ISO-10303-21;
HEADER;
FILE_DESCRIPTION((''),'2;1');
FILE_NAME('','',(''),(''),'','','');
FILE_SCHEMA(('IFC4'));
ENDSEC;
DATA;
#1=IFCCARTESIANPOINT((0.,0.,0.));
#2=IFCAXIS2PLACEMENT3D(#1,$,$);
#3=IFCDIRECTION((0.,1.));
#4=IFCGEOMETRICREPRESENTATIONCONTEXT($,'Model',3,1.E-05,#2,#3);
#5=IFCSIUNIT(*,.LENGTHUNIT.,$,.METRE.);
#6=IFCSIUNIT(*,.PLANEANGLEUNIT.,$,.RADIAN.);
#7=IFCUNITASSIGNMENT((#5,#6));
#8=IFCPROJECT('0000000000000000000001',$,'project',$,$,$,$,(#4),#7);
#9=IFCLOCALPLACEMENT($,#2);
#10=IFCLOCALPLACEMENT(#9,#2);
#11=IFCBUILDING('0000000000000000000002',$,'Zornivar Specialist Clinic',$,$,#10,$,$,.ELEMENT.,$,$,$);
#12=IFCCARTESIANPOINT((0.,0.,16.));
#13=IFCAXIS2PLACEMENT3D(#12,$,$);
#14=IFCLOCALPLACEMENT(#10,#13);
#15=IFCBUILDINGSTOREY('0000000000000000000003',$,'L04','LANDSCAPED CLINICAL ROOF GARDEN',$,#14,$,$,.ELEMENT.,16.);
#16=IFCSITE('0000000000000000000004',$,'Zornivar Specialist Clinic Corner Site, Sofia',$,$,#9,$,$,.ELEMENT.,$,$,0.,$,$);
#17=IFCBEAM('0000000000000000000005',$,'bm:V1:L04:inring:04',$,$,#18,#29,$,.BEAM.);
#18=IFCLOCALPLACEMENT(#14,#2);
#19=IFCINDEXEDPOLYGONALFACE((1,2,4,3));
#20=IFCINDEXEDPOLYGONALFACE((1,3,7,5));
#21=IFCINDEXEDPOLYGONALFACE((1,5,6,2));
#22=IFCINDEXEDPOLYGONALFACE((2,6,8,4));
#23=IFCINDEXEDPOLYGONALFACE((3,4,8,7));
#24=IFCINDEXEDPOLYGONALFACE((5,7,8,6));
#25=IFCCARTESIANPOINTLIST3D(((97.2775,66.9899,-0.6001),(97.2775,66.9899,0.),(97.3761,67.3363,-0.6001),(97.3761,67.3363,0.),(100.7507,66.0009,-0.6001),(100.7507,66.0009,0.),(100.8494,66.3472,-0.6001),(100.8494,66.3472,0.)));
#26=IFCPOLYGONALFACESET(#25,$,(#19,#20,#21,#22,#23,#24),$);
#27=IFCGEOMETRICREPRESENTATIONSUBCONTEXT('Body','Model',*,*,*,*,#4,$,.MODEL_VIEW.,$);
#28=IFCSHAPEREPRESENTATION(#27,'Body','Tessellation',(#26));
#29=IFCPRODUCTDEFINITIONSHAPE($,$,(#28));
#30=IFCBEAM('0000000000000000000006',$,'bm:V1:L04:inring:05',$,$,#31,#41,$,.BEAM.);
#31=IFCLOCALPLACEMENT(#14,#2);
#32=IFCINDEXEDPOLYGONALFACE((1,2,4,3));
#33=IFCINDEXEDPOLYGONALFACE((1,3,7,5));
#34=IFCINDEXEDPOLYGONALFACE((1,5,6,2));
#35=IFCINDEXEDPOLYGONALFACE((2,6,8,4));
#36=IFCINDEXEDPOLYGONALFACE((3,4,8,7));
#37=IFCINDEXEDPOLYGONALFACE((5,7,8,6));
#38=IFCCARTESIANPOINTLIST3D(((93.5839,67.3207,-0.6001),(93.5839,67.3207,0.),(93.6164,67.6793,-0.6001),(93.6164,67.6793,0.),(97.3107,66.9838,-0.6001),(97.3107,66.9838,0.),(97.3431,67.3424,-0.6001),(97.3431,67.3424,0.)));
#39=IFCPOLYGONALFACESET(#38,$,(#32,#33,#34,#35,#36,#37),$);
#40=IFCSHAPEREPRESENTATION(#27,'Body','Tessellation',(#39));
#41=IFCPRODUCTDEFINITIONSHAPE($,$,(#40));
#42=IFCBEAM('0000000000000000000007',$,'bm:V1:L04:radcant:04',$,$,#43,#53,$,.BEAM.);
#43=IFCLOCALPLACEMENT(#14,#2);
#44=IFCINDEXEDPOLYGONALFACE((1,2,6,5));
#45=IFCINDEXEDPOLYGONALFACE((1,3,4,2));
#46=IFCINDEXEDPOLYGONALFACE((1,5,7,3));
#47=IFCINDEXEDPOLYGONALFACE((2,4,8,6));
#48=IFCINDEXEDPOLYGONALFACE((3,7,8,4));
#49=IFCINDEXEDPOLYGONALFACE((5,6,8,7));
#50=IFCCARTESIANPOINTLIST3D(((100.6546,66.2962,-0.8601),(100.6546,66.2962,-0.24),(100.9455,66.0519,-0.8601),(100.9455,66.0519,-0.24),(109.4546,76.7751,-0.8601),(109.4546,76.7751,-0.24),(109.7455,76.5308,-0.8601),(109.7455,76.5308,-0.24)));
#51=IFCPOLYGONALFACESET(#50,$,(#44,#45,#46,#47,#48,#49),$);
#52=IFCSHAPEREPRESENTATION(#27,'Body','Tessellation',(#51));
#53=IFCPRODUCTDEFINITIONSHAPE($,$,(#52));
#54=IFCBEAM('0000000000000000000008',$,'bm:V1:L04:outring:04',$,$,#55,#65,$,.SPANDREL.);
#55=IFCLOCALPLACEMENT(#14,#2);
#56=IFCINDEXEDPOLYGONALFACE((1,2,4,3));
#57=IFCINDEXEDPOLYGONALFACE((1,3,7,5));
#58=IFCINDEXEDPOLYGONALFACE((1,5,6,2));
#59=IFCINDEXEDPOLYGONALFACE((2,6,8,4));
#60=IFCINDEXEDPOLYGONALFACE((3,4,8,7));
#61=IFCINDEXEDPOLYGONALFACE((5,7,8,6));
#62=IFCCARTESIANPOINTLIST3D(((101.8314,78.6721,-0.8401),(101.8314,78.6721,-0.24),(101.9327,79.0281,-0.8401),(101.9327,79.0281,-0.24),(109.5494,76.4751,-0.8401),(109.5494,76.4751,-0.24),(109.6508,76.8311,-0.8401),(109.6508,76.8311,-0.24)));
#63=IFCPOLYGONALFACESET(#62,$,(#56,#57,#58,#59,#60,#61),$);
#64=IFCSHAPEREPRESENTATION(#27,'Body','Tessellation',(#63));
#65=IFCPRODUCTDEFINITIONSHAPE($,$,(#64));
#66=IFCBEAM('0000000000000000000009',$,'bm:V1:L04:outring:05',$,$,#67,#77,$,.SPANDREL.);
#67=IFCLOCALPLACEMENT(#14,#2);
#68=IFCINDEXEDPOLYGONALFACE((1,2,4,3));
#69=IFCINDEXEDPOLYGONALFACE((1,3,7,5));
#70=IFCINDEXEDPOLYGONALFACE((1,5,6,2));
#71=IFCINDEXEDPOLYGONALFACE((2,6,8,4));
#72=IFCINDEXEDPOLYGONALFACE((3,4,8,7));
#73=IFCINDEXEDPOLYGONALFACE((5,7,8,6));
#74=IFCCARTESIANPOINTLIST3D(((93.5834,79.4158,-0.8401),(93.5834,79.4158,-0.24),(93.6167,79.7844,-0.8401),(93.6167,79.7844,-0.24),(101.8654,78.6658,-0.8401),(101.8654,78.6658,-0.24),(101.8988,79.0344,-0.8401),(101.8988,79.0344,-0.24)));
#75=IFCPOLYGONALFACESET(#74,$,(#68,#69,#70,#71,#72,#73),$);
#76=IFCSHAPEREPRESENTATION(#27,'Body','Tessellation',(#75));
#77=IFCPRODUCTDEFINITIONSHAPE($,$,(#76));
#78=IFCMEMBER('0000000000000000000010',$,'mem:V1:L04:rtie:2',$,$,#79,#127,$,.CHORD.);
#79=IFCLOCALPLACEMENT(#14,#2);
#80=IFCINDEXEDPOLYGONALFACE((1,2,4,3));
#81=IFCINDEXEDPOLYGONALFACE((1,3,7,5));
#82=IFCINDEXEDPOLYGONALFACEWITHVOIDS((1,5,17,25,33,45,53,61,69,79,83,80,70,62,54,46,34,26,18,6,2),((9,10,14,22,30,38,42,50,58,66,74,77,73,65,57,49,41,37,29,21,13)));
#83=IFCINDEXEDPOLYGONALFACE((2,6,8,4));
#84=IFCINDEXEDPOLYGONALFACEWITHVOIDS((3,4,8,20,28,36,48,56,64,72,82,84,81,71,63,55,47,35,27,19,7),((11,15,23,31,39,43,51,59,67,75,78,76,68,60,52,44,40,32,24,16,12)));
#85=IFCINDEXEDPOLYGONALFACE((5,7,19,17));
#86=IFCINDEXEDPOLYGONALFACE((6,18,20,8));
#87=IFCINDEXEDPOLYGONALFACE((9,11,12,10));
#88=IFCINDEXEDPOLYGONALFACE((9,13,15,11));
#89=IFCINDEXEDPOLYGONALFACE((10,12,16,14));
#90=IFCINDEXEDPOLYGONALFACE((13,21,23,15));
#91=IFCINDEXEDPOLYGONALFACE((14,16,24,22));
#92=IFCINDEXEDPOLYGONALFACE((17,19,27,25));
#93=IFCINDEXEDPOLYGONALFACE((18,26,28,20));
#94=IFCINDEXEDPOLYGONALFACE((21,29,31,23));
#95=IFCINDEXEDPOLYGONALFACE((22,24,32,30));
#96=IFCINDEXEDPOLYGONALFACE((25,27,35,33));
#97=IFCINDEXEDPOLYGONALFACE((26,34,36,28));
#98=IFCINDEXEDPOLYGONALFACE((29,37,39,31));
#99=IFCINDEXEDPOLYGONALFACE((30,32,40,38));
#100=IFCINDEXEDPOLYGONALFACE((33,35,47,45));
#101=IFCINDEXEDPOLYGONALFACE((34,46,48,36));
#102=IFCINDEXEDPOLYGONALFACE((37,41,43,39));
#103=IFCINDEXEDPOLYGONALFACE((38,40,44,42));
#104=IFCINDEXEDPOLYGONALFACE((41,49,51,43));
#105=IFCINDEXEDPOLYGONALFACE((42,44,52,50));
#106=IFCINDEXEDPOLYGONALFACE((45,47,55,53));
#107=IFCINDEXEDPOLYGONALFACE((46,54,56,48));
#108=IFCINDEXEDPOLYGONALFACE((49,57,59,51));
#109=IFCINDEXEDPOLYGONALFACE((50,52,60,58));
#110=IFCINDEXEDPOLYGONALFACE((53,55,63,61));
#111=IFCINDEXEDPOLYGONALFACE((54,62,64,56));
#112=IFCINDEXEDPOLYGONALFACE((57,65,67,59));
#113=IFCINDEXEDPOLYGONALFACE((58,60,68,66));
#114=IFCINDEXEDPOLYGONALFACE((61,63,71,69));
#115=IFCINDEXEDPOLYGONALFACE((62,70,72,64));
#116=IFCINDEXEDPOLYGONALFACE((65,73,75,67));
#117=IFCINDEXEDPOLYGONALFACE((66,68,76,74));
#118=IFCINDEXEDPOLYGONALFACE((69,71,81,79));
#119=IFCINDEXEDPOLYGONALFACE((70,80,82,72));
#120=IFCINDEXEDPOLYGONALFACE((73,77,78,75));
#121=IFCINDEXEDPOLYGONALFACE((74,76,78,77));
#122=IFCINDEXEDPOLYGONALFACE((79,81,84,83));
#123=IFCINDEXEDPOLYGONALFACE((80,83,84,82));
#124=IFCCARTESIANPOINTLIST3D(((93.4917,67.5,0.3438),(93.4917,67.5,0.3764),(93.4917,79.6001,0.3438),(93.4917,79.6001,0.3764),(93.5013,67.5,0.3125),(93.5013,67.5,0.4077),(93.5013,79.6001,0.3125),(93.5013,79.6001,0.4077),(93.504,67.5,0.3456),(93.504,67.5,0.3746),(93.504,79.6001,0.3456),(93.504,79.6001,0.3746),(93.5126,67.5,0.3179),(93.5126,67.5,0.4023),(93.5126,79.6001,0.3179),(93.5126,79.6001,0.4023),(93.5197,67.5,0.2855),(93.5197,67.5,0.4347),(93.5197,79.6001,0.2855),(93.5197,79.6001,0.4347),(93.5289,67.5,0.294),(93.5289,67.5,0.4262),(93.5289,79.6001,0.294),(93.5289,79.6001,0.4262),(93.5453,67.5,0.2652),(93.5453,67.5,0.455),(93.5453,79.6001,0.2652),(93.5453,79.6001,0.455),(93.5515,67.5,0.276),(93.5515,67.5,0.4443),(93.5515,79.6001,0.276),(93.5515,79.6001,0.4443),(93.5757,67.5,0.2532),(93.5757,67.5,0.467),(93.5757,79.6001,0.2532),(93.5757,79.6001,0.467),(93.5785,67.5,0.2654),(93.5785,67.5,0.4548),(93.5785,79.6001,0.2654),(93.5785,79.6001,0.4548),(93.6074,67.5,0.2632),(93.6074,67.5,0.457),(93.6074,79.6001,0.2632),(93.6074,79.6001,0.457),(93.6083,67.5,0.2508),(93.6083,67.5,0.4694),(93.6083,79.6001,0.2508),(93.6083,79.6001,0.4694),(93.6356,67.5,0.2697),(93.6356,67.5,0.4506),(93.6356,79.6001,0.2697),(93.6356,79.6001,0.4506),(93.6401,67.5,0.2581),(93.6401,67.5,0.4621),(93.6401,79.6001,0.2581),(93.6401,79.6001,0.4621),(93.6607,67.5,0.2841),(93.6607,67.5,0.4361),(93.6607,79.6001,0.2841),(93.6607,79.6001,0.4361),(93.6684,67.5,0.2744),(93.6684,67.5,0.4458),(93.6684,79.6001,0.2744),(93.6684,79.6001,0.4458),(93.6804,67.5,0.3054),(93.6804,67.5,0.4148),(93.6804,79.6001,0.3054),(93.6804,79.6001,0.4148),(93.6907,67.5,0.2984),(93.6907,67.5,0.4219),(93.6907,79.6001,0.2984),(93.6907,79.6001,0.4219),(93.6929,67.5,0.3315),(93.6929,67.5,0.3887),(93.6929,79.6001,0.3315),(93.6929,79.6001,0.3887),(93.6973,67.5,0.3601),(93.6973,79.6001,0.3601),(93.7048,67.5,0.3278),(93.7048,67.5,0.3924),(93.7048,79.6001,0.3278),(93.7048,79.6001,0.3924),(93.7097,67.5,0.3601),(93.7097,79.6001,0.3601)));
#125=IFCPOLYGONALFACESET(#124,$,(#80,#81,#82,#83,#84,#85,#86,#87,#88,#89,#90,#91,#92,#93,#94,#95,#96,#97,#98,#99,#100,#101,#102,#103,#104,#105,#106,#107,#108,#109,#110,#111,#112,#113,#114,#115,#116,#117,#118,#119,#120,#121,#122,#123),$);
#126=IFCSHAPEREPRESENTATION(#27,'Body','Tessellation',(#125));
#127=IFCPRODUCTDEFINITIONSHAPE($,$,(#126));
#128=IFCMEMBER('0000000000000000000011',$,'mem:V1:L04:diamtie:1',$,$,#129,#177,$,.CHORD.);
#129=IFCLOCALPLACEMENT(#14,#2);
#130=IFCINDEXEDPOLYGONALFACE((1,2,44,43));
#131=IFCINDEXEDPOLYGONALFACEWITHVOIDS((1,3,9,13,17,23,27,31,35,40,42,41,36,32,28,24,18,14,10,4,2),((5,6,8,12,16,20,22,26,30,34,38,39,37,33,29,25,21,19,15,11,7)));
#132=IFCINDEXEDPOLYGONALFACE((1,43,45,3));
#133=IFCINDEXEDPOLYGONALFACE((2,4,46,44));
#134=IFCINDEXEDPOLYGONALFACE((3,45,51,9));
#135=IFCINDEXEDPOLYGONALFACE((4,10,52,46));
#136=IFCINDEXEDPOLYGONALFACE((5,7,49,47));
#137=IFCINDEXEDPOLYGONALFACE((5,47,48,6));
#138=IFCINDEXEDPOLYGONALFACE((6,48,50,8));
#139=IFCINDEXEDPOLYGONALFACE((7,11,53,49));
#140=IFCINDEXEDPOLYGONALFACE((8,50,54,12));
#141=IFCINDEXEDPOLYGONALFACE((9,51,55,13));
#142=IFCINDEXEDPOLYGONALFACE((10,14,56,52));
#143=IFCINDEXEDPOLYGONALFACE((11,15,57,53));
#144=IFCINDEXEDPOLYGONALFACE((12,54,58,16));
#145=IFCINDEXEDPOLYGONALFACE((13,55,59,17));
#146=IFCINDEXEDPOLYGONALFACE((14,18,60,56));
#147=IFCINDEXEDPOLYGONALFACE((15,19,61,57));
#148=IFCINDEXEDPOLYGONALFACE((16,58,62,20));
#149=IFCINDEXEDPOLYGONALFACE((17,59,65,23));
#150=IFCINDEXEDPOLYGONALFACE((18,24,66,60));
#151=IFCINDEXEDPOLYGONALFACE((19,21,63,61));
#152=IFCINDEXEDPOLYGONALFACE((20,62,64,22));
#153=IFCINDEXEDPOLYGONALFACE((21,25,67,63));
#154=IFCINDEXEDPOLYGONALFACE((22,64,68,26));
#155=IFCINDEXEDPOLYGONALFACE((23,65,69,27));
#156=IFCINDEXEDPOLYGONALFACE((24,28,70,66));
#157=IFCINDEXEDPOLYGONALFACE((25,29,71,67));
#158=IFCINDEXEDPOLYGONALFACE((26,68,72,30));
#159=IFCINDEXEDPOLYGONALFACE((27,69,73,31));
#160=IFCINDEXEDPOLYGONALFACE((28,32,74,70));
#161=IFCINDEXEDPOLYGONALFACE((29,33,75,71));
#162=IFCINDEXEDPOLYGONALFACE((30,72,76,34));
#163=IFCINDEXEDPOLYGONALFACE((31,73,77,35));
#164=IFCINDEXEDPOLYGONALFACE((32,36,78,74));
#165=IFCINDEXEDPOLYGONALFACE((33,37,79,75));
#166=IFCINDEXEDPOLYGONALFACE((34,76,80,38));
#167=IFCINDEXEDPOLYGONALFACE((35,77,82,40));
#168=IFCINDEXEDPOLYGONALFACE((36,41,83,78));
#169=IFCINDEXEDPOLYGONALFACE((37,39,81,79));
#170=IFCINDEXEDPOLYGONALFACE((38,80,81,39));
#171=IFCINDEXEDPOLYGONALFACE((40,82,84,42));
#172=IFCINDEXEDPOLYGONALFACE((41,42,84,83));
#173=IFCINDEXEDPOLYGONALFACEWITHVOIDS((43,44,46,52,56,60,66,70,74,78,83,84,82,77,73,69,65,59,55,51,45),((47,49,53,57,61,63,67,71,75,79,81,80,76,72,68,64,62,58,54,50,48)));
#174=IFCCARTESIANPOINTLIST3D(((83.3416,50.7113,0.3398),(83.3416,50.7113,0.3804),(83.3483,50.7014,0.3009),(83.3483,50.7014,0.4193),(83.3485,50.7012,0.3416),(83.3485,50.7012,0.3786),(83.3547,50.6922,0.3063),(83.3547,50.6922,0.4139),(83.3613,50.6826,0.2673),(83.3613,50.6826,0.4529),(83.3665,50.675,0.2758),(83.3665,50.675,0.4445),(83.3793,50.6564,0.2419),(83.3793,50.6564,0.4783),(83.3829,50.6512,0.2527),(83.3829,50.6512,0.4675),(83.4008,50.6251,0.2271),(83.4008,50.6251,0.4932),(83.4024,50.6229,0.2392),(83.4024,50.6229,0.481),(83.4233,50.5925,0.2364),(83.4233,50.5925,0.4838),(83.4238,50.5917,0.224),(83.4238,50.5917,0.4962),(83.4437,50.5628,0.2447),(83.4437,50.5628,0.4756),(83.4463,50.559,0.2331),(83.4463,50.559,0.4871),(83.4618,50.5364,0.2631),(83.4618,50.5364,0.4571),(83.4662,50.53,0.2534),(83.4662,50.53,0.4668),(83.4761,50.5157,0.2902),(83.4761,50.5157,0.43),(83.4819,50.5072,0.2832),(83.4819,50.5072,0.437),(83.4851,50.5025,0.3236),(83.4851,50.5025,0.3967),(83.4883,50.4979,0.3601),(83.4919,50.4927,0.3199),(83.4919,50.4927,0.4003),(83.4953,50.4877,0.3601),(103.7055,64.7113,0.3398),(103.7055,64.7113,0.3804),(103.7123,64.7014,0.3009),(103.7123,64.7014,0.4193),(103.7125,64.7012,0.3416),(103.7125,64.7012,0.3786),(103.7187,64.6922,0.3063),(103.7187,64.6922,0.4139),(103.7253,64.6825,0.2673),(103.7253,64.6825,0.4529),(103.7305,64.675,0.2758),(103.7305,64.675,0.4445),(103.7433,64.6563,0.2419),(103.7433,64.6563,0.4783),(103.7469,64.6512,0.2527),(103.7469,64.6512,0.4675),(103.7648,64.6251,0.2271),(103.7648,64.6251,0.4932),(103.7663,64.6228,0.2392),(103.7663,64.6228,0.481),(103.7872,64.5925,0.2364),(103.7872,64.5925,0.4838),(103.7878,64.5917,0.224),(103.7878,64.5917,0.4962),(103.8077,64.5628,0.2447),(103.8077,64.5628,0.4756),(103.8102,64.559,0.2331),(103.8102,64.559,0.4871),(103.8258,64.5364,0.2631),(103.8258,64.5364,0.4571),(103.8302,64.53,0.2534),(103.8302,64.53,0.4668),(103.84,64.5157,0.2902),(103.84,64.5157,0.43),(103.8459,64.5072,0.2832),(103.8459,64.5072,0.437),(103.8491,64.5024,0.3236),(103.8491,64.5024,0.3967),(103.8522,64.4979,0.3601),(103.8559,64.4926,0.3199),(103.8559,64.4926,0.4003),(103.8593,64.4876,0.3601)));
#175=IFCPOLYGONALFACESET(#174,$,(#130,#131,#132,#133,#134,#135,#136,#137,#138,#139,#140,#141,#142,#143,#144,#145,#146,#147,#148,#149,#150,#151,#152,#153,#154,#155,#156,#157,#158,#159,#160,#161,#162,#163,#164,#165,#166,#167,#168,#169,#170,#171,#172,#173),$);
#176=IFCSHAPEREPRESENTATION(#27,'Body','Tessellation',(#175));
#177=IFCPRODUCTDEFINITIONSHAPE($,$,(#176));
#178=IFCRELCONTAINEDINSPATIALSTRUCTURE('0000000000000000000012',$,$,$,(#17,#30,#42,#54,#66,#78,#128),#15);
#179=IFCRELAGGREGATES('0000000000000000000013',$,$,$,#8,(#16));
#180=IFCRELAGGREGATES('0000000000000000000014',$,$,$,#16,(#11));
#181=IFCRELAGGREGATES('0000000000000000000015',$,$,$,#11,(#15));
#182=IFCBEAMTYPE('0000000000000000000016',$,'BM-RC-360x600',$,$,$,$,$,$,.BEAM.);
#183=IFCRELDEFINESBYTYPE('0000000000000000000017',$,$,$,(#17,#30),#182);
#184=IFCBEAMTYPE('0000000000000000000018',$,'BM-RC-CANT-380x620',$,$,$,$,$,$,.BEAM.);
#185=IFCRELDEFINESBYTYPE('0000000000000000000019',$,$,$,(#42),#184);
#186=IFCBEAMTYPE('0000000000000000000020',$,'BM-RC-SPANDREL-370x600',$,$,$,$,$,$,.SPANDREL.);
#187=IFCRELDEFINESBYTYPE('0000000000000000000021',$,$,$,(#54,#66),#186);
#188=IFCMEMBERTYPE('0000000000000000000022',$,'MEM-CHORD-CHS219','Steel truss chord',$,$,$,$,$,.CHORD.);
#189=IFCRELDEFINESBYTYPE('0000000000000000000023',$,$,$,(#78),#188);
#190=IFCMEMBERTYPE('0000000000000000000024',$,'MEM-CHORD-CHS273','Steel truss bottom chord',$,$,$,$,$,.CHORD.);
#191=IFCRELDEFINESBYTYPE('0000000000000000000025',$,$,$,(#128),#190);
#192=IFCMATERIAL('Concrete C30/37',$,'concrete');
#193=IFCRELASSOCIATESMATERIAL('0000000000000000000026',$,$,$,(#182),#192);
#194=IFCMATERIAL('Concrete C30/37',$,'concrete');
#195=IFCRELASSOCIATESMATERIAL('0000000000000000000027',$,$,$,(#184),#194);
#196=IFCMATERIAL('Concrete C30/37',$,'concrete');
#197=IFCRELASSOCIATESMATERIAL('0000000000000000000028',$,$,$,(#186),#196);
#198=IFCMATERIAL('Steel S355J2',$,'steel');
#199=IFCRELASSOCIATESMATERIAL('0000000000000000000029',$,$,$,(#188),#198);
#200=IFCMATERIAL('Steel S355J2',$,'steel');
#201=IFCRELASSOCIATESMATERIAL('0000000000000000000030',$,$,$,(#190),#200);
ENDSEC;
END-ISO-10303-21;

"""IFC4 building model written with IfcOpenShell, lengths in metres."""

from ifc_helpers import new_model, si_unit, direction, frame, origin, origin_2d, place, context, subcontext, project, spatial, rectangle, hollow_circle, extrude, material, material_profile, profile_set, type_object, element, save


model = new_model("IFC4")

# Units and contexts
model_context = context("Model", 3, precision=1e-05, world=origin(), true_north=direction((0.0, 1.0)))
body_context = subcontext(model_context, "Body", "Model", "MODEL_VIEW")
ifc_project = project(units=[si_unit("LENGTHUNIT", "METRE"), si_unit("PLANEANGLEUNIT", "RADIAN")], contexts=[model_context])

# Site, building, storey
site_placement = place(None, origin())
site = spatial("IfcSite", under=ifc_project, at=site_placement, Name="Zornivar Specialist Clinic Corner Site, Sofia", CompositionType="ELEMENT", RefElevation=0.0)
building_placement = place(site_placement, origin())
building = spatial("IfcBuilding", under=site, at=building_placement, Name="Zornivar Specialist Clinic", CompositionType="ELEMENT")
storey_placement = place(building_placement, frame((0.0, 0.0, 16.0)))
storey = spatial("IfcBuildingStorey", under=building, at=storey_placement, Name="L04", Description="LANDSCAPED CLINICAL ROOF GARDEN", CompositionType="ELEMENT", Elevation=16.0)

# Beams
ifc_material_1 = material(Name="Concrete C30/37", Category="concrete")
ifc_material_profile_1 = material_profile(ifc_material_1, rectangle(XDim=0.3601, YDim=0.6001, at=origin_2d()), Name="RC 360x600")
ifc_profile_set_1 = profile_set([ifc_material_profile_1], Name="Concrete C30/37")
beam_type_1 = type_object("IfcBeamType", Name="BM-RC-360x600", PredefinedType="BEAM", material=ifc_profile_set_1)
beam_1_placement = place(storey_placement, frame((100.8, 66.1741, -0.3), z_axis=(-0.961766, 0.273873, 0.0), x_axis=(-0.273873, -0.961766, 0.0)))
element("IfcBeam", 1, at=beam_1_placement, inside=storey, type_object=beam_type_1, Name="bm:V1:L04:inring:04", PredefinedType="BEAM", context=body_context, shape_type="SweptSolid", body=[
    extrude(rectangle(XDim=0.3601, YDim=0.6001, at=origin_2d()), origin(), (0.0, 0.0, 1.0), 3.6113),
])
beam_2_placement = place(storey_placement, frame((97.3269, 67.1631, -0.3), z_axis=(-0.995939, 0.090036, 0.0), x_axis=(-0.090036, -0.995939, 0.0)))
element("IfcBeam", 2, at=beam_2_placement, inside=storey, type_object=beam_type_1, Name="bm:V1:L04:inring:05", PredefinedType="BEAM", context=body_context, shape_type="SweptSolid", body=[
    extrude(rectangle(XDim=0.3601, YDim=0.6001, at=origin_2d()), origin(), (0.0, 0.0, 1.0), 3.7419),
])
ifc_material_2 = material(Name="Concrete C30/37", Category="concrete")
ifc_material_profile_2 = material_profile(ifc_material_2, rectangle(XDim=0.3799, YDim=0.6201, at=origin_2d()), Name="RC 380x620")
ifc_profile_set_2 = profile_set([ifc_material_profile_2], Name="Concrete C30/37")
beam_type_2 = type_object("IfcBeamType", Name="BM-RC-CANT-380x620", PredefinedType="BEAM", material=ifc_profile_set_2)
beam_3_placement = place(storey_placement, frame((100.8, 66.1741, -0.55), z_axis=(0.643093, 0.765788, 0.0), x_axis=(-0.765788, 0.643093, 0.0)))
element("IfcBeam", 3, at=beam_3_placement, inside=storey, type_object=beam_type_2, Name="bm:V1:L04:radcant:04", PredefinedType="BEAM", context=body_context, shape_type="SweptSolid", body=[
    extrude(rectangle(XDim=0.3799, YDim=0.6201, at=origin_2d()), origin(), (0.0, 0.0, 1.0), 13.6838),
])
ifc_material_3 = material(Name="Concrete C30/37", Category="concrete")
ifc_material_profile_3 = material_profile(ifc_material_3, rectangle(XDim=0.3701, YDim=0.6001, at=origin_2d()), Name="RC 370x600")
ifc_profile_set_3 = profile_set([ifc_material_profile_3], Name="Concrete C30/37")
beam_type_3 = type_object("IfcBeamType", Name="BM-RC-SPANDREL-370x600", PredefinedType="SPANDREL", material=ifc_profile_set_3)
beam_4_placement = place(storey_placement, frame((109.6001, 76.6531, -0.54), z_axis=(-0.961791, 0.273785, 0.0), x_axis=(-0.273785, -0.961791, 0.0)))
element("IfcBeam", 4, at=beam_4_placement, inside=storey, type_object=beam_type_3, Name="bm:V1:L04:outring:04", PredefinedType="SPANDREL", context=body_context, shape_type="SweptSolid", body=[
    extrude(rectangle(XDim=0.3701, YDim=0.6001, at=origin_2d()), origin(), (0.0, 0.0, 1.0), 8.0247),
])
beam_5_placement = place(storey_placement, frame((101.8821, 78.8501, -0.54), z_axis=(-0.995925, 0.090189, 0.0), x_axis=(-0.090189, -0.995925, 0.0)))
element("IfcBeam", 5, at=beam_5_placement, inside=storey, type_object=beam_type_3, Name="bm:V1:L04:outring:05", PredefinedType="SPANDREL", context=body_context, shape_type="SweptSolid", body=[
    extrude(rectangle(XDim=0.3701, YDim=0.6001, at=origin_2d()), origin(), (0.0, 0.0, 1.0), 8.3159),
])

# Members
ifc_material_4 = material(Name="Steel S355J2", Category="steel")
ifc_material_profile_4 = material_profile(ifc_material_4, hollow_circle(Radius=0.1096, WallThickness=0.0125, at=origin_2d()), Name="CHS 219.1x12.5")
ifc_profile_set_4 = profile_set([ifc_material_profile_4], Name="Steel S355J2")
member_type_1 = type_object("IfcMemberType", Name="MEM-CHORD-CHS219", Description="Steel truss chord", PredefinedType="CHORD", material=ifc_profile_set_4)
member_1_placement = place(storey_placement, frame((93.6001, 79.6001, 0.3601), z_axis=(0.0, -1.0, 0.0), x_axis=(1.0, 0.0, 0.0)))
element("IfcMember", 6, at=member_1_placement, inside=storey, type_object=member_type_1, Name="mem:V1:L04:rtie:2", PredefinedType="CHORD", context=body_context, shape_type="SweptSolid", body=[
    extrude(hollow_circle(Radius=0.1096, WallThickness=0.0125, at=origin_2d()), origin(), (0.0, 0.0, 1.0), 12.1001),
])
ifc_material_5 = material(Name="Steel S355J2", Category="steel")
ifc_material_profile_5 = material_profile(ifc_material_5, hollow_circle(Radius=0.1365, WallThickness=0.0125, at=origin_2d()), Name="CHS 273x12.5")
ifc_profile_set_5 = profile_set([ifc_material_profile_5], Name="Steel S355J2")
member_type_2 = type_object("IfcMemberType", Name="MEM-CHORD-CHS273", Description="Steel truss bottom chord", PredefinedType="CHORD", material=ifc_profile_set_5)
member_2_placement = place(storey_placement, frame((103.782, 64.6001, 0.3601), z_axis=(-0.824047, -0.566522, 0.0), x_axis=(0.566522, -0.824047, 0.0)))
element("IfcMember", 7, at=member_2_placement, inside=storey, type_object=member_type_2, Name="mem:V1:L04:diamtie:1", PredefinedType="CHORD", context=body_context, shape_type="SweptSolid", body=[
    extrude(hollow_circle(Radius=0.1365, WallThickness=0.0125, at=origin_2d()), origin(), (0.0, 0.0, 1.0), 24.7122),
])

save(model, "model.ifc")
